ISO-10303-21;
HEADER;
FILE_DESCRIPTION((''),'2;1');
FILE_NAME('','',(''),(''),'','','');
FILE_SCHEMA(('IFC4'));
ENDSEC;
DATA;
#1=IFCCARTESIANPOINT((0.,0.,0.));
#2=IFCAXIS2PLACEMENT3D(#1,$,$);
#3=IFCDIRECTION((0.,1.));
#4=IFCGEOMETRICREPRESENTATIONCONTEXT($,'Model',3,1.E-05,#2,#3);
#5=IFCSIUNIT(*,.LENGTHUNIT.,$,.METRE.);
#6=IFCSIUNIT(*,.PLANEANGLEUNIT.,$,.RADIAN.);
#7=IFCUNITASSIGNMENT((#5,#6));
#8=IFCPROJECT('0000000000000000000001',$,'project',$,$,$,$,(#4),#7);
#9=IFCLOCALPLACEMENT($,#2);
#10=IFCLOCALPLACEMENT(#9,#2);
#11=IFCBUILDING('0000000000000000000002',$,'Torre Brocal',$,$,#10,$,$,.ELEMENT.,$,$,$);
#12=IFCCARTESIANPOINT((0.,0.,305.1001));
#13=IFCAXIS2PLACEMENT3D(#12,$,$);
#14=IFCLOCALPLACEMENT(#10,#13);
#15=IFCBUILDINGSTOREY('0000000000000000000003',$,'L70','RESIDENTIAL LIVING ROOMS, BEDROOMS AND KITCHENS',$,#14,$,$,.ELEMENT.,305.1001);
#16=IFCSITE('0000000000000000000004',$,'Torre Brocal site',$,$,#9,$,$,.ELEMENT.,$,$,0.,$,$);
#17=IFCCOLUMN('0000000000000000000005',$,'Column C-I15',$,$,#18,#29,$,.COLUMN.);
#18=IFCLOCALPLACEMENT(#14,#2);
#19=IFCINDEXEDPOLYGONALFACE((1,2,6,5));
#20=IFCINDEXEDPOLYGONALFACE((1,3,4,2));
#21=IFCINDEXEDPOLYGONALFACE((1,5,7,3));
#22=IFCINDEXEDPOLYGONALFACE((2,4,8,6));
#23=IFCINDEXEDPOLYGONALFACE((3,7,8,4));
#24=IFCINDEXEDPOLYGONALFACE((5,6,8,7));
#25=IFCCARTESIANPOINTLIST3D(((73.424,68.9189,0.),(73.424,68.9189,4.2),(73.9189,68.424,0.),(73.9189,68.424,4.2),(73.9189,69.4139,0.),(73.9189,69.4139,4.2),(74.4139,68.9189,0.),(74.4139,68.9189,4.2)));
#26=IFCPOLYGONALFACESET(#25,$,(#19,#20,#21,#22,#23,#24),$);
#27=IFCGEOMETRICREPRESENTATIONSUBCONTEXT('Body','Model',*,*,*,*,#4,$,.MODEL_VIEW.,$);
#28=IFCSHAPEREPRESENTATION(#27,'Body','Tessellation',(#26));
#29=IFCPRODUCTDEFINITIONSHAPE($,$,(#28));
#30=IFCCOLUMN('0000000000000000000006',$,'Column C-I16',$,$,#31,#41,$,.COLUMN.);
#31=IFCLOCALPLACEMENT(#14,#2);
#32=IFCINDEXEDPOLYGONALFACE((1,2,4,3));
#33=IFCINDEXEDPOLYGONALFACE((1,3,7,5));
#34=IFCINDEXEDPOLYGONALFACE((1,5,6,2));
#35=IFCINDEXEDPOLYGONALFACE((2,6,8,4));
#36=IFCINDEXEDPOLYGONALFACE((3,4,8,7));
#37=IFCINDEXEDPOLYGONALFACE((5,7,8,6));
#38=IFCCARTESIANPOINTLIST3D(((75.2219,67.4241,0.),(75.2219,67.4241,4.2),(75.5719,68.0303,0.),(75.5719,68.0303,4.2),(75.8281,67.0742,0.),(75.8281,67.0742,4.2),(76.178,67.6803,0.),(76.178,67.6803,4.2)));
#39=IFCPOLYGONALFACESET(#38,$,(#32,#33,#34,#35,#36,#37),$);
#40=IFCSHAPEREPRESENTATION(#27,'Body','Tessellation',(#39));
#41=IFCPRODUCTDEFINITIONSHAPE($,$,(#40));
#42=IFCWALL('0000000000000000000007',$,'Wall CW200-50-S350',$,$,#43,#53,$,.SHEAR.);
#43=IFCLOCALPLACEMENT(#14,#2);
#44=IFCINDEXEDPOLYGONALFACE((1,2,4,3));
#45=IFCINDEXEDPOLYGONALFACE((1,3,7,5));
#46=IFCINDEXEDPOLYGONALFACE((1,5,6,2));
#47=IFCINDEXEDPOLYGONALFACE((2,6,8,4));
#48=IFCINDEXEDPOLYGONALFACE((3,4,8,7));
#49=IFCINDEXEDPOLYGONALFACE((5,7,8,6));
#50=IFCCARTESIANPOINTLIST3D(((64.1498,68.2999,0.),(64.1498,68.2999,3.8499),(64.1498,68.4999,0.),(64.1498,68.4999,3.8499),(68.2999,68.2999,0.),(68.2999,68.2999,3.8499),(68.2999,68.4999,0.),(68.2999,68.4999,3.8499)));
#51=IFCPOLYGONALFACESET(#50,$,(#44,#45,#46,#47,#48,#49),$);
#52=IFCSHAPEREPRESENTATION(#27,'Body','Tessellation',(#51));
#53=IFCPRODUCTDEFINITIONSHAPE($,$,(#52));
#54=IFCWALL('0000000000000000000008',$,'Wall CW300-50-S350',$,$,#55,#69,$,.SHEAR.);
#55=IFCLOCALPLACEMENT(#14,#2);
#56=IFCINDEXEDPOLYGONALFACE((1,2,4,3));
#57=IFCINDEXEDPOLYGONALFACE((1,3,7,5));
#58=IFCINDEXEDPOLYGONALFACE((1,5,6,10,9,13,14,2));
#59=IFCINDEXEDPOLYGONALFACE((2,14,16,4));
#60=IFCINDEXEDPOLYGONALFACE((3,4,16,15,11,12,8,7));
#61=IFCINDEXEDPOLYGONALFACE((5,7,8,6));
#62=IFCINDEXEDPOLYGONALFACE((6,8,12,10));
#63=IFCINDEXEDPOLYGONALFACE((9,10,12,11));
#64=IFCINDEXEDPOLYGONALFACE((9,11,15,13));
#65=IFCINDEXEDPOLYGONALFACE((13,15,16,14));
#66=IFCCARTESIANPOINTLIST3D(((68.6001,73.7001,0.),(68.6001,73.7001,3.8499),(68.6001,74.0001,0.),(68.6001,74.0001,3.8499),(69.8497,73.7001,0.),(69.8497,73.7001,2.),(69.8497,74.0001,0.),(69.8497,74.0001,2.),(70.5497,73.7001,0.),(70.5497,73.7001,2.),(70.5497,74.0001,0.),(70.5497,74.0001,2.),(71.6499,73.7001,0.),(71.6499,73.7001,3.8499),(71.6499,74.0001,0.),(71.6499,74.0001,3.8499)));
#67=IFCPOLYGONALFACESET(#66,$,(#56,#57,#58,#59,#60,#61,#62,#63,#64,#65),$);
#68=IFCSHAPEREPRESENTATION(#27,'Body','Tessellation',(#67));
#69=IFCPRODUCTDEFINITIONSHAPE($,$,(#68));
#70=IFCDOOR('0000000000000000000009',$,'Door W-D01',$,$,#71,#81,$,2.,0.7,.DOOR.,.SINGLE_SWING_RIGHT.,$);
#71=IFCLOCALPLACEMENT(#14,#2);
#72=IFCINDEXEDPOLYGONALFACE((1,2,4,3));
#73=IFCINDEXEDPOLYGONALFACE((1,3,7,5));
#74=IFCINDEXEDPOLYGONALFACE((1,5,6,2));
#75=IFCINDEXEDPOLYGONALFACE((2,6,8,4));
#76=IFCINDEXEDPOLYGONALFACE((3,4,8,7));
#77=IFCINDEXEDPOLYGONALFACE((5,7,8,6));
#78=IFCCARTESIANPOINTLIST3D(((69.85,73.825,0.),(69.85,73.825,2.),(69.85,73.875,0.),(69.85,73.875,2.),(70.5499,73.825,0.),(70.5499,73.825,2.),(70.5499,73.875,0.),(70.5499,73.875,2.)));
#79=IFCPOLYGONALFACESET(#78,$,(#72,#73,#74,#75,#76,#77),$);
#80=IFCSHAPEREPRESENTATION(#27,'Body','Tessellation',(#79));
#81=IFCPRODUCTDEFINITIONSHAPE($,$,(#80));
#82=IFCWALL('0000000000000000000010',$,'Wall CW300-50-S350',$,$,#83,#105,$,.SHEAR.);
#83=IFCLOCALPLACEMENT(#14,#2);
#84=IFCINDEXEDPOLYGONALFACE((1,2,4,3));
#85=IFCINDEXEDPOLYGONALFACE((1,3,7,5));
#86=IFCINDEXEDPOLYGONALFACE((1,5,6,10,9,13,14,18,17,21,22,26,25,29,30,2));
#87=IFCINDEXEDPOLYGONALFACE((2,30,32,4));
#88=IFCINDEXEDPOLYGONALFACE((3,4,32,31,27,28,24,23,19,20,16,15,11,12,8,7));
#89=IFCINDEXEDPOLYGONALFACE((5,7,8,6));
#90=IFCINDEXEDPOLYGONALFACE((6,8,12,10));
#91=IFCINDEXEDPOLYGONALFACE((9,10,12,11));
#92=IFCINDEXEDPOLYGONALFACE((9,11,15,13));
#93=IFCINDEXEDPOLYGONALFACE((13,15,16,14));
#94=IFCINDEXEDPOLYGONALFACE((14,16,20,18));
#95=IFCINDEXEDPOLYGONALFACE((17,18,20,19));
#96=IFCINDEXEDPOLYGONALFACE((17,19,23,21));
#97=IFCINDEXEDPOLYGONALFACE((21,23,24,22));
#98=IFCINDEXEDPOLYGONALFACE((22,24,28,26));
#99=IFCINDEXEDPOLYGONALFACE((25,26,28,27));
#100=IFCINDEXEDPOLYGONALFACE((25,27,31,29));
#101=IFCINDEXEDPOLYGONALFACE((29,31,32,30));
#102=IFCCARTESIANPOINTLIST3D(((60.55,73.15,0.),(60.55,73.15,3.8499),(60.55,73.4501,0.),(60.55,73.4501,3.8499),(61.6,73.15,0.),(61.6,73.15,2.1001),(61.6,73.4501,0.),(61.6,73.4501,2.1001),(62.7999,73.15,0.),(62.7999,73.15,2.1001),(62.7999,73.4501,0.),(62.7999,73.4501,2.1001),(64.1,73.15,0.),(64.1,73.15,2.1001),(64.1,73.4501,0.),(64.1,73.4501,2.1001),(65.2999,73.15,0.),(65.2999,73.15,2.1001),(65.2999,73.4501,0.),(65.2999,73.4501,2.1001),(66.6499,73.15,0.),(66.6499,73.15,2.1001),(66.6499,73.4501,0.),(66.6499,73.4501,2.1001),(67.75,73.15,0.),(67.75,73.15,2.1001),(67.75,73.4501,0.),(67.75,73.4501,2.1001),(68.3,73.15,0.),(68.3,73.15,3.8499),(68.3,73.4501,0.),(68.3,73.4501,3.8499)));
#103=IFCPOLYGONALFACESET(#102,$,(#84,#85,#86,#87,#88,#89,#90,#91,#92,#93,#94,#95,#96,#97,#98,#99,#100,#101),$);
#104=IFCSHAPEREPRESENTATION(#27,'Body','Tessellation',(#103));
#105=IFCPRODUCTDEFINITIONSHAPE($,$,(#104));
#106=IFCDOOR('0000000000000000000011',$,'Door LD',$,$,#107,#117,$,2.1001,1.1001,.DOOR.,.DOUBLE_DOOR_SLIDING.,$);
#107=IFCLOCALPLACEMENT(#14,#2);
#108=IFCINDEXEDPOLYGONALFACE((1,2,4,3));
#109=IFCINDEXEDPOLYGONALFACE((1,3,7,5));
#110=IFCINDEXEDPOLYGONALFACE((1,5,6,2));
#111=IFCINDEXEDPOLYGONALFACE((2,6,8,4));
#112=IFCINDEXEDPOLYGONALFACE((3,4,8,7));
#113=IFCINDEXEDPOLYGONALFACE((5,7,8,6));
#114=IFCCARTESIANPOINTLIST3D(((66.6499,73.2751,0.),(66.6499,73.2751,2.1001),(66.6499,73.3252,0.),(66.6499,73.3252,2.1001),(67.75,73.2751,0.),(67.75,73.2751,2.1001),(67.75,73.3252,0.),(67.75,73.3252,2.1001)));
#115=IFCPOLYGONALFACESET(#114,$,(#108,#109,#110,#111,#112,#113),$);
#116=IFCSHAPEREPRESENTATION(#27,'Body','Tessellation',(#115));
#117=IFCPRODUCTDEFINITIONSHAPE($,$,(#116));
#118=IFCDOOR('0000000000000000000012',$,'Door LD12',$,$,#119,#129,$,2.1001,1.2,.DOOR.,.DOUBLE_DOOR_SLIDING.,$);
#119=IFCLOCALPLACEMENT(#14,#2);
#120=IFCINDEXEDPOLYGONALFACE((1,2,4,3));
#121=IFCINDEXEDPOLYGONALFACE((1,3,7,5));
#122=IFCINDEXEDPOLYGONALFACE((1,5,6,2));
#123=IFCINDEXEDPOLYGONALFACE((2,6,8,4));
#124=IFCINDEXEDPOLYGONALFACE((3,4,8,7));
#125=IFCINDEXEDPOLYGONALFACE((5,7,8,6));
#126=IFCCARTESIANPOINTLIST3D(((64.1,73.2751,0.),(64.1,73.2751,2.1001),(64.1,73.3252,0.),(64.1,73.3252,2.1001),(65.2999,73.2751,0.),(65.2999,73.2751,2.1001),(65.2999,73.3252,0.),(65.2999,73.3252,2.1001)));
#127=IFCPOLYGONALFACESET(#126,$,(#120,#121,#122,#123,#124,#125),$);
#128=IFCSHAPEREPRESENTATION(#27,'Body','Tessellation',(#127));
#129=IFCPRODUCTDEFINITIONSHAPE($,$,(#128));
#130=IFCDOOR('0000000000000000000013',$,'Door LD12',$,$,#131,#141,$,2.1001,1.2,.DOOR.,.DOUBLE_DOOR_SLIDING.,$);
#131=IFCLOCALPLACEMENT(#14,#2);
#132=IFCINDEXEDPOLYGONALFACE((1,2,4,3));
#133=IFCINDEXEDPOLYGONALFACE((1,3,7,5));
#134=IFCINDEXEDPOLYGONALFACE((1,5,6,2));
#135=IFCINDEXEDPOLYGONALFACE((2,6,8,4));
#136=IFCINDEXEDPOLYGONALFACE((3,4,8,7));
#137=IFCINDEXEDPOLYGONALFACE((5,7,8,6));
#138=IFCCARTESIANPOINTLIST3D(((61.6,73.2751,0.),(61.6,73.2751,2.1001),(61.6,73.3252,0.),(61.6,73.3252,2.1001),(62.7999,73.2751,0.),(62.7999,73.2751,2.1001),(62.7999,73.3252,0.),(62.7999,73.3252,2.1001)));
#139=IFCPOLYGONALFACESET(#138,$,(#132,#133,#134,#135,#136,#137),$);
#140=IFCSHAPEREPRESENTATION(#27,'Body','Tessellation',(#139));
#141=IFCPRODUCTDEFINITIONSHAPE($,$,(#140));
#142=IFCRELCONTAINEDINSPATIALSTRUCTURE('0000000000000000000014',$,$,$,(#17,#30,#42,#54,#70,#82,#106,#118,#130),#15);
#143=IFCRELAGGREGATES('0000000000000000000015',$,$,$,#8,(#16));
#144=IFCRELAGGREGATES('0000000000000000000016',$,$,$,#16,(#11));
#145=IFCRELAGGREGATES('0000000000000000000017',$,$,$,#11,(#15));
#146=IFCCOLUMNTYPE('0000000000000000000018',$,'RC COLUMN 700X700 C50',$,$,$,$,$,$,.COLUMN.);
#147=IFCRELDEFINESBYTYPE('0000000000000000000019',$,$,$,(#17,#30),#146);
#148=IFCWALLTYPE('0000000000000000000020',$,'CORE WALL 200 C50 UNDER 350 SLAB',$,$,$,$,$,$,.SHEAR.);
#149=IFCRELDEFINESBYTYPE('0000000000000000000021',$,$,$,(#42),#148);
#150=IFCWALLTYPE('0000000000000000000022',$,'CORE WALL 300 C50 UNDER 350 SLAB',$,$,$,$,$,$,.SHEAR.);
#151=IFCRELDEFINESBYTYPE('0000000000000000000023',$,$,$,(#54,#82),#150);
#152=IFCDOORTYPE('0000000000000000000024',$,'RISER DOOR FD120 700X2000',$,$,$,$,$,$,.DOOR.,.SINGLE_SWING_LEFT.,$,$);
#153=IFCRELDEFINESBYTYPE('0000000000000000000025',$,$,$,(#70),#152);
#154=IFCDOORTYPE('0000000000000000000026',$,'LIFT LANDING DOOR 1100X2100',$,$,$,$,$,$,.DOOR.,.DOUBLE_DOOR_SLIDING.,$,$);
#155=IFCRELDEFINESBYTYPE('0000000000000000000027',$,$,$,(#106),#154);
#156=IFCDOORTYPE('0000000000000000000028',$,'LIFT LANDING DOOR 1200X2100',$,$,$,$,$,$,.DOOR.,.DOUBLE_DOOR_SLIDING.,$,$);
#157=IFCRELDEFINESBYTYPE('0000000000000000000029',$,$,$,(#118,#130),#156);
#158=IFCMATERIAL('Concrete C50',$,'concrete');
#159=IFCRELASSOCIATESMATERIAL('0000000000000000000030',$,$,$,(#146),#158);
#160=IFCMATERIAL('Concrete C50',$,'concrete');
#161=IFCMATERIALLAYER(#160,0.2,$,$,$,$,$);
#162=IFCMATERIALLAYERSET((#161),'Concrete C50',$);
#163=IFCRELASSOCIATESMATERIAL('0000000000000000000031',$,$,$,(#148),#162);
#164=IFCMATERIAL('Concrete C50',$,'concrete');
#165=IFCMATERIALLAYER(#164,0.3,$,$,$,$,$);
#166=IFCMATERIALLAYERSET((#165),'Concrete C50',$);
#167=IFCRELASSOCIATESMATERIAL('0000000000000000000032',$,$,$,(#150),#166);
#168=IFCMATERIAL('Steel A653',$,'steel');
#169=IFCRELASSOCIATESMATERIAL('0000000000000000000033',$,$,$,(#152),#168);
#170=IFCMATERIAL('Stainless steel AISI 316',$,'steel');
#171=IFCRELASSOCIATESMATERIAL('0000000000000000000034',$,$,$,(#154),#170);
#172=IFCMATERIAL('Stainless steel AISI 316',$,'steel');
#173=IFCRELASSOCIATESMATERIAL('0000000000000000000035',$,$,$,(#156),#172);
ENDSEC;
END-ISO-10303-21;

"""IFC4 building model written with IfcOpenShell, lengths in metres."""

from ifc_helpers import new_model, si_unit, direction, frame, frame_2d, origin, origin_2d, place, context, subcontext, project, spatial, rectangle, extrude, material, layer, layer_set, material_profile, profile_set, type_object, element, fill, save


model = new_model("IFC4")

# Units and contexts
model_context = context("Model", 3, precision=1e-05, world=origin(), true_north=direction((0.0, 1.0)))
body_context = subcontext(model_context, "Body", "Model", "MODEL_VIEW")
ifc_project = project(units=[si_unit("LENGTHUNIT", "METRE"), si_unit("PLANEANGLEUNIT", "RADIAN")], contexts=[model_context])

# Site, building, storey
site_placement = place(None, origin())
site = spatial("IfcSite", under=ifc_project, at=site_placement, Name="Torre Brocal site", CompositionType="ELEMENT", RefElevation=0.0)
building_placement = place(site_placement, origin())
building = spatial("IfcBuilding", under=site, at=building_placement, Name="Torre Brocal", CompositionType="ELEMENT")
storey_placement = place(building_placement, frame((0.0, 0.0, 305.1001)))
storey = spatial("IfcBuildingStorey", under=building, at=storey_placement, Name="L70", Description="RESIDENTIAL LIVING ROOMS, BEDROOMS AND KITCHENS", CompositionType="ELEMENT", Elevation=305.1001)

# Columns
ifc_material_1 = material(Name="Concrete C50", Category="concrete")
ifc_material_profile = material_profile(ifc_material_1, rectangle(XDim=0.7, YDim=0.7, at=origin_2d()), Name="RC 700X700")
ifc_profile_set = profile_set([ifc_material_profile], Name="Concrete C50")
column_type = type_object("IfcColumnType", Name="RC COLUMN 700X700 C50", PredefinedType="COLUMN", material=ifc_profile_set)
for number, where, z_axis, x_axis, name in (
    (1, (73.9189, 68.9189, 0.0), (0.0, 0.0, 1.0), (-0.707107, -0.707107, 0.0), "Column C-I15"),
    (2, (75.7, 67.5522, 0.0), (0.0, 0.0, 1.0), (-0.5, -0.866025, 0.0), "Column C-I16"),
):
    element("IfcColumn", number, at=place(storey_placement, frame(where, z_axis=z_axis, x_axis=x_axis)), inside=storey, type_object=column_type, Name=name, PredefinedType="COLUMN", context=body_context, shape_type="SweptSolid", body=[
        extrude(rectangle(XDim=0.7, YDim=0.7, at=origin_2d()), origin(), (0.0, 0.0, 1.0), 4.2),
    ])

# Wall
ifc_material_2 = material(Name="Concrete C50", Category="concrete")
ifc_layer_1 = layer(ifc_material_2, 0.2)
ifc_layer_set_1 = layer_set([ifc_layer_1], Name="Concrete C50")
wall_type_1 = type_object("IfcWallType", Name="CORE WALL 200 C50 UNDER 350 SLAB", PredefinedType="SHEAR", material=ifc_layer_set_1)
wall_1_placement = place(storey_placement, frame((68.3, 68.3999, 0.0), z_axis=(0.0, 0.0, 1.0), x_axis=(-1.0, 0.0, 0.0)))
element("IfcWall", 3, at=wall_1_placement, inside=storey, type_object=wall_type_1, Name="Wall CW200-50-S350", PredefinedType="SHEAR", context=body_context, shape_type="SweptSolid", body=[
    extrude(rectangle(XDim=4.1501, YDim=0.2, at=frame_2d((2.0752, 0.0))), origin(), (0.0, 0.0, 1.0), 3.8499),
])

# Wall, opening, door
ifc_material_3 = material(Name="Concrete C50", Category="concrete")
ifc_layer_2 = layer(ifc_material_3, 0.3)
ifc_layer_set_2 = layer_set([ifc_layer_2], Name="Concrete C50")
wall_type_2 = type_object("IfcWallType", Name="CORE WALL 300 C50 UNDER 350 SLAB", PredefinedType="SHEAR", material=ifc_layer_set_2)
wall_2_placement = place(storey_placement, frame((71.6499, 73.8501, 0.0), z_axis=(0.0, 0.0, 1.0), x_axis=(-1.0, 0.0, 0.0)))
wall_2 = element("IfcWall", 4, at=wall_2_placement, inside=storey, type_object=wall_type_2, Name="Wall CW300-50-S350", PredefinedType="SHEAR", context=body_context, shape_type="SweptSolid", body=[
    extrude(rectangle(XDim=3.0498, YDim=0.3, at=frame_2d((1.5249, 0.0))), origin(), (0.0, 0.0, 1.0), 3.8499),
])
opening_1_placement = place(wall_2_placement, frame((1.1001, 0.0, 0.0)))
opening_1 = element("IfcOpeningElement", 5, at=opening_1_placement, cuts=wall_2, PredefinedType="OPENING", context=body_context, shape_type="SweptSolid", body=[
    extrude(rectangle(XDim=0.7, YDim=2.0, at=frame_2d((0.3501, 1.0))), frame((0.0, 0.1599, 0.0), z_axis=(0.0, -1.0, 0.0), x_axis=(1.0, 0.0, 0.0)), (0.0, 0.0, 1.0), 0.3201),
])
ifc_material_4 = material(Name="Steel A653", Category="steel")
door_type_1 = type_object("IfcDoorType", Name="RISER DOOR FD120 700X2000", OperationType="SINGLE_SWING_LEFT", PredefinedType="DOOR", material=ifc_material_4)
door_1_placement = place(opening_1_placement, frame((0.7, 0.0, 0.0), z_axis=(0.0, 0.0, 1.0), x_axis=(-1.0, 0.0, 0.0)))
door_1 = element("IfcDoor", 6, at=door_1_placement, inside=storey, type_object=door_type_1, Name="Door W-D01", OperationType="SINGLE_SWING_RIGHT", OverallHeight=2.0, OverallWidth=0.7, PredefinedType="DOOR", context=body_context, shape_type="SweptSolid", body=[
    extrude(rectangle(XDim=0.7, YDim=2.0, at=frame_2d((0.3501, 1.0))), frame((0.0, 0.0249, 0.0), z_axis=(0.0, -1.0, 0.0), x_axis=(1.0, 0.0, 0.0)), (0.0, 0.0, 1.0), 0.05),
])
fill(opening_1, door_1)

# Wall, openings, doors
wall_3_placement = place(storey_placement, frame((68.3, 73.3, 0.0), z_axis=(0.0, 0.0, 1.0), x_axis=(-1.0, 0.0, 0.0)))
wall_3 = element("IfcWall", 7, at=wall_3_placement, inside=storey, type_object=wall_type_2, Name="Wall CW300-50-S350", PredefinedType="SHEAR", context=body_context, shape_type="SweptSolid", body=[
    extrude(rectangle(XDim=7.75, YDim=0.3, at=frame_2d((3.875, 0.0))), origin(), (0.0, 0.0, 1.0), 3.8499),
])
opening_2_placement = place(wall_3_placement, frame((0.55, 0.0, 0.0)))
opening_2 = element("IfcOpeningElement", 8, at=opening_2_placement, cuts=wall_3, PredefinedType="OPENING", context=body_context, shape_type="SweptSolid", body=[
    extrude(rectangle(XDim=1.1001, YDim=2.1001, at=frame_2d((0.55, 1.05))), frame((0.0, 0.1599, 0.0), z_axis=(0.0, -1.0, 0.0), x_axis=(1.0, 0.0, 0.0)), (0.0, 0.0, 1.0), 0.3201),
])
opening_3_placement = place(wall_3_placement, frame((3.0, 0.0, 0.0)))
opening_3 = element("IfcOpeningElement", 9, at=opening_3_placement, cuts=wall_3, PredefinedType="OPENING", context=body_context, shape_type="SweptSolid", body=[
    extrude(rectangle(XDim=1.2, YDim=2.1001, at=frame_2d((0.6001, 1.05))), frame((0.0, 0.1599, 0.0), z_axis=(0.0, -1.0, 0.0), x_axis=(1.0, 0.0, 0.0)), (0.0, 0.0, 1.0), 0.3201),
])
opening_4_placement = place(wall_3_placement, frame((5.5, 0.0, 0.0)))
opening_4 = element("IfcOpeningElement", 10, at=opening_4_placement, cuts=wall_3, PredefinedType="OPENING", context=body_context, shape_type="SweptSolid", body=[
    extrude(rectangle(XDim=1.2, YDim=2.1001, at=frame_2d((0.6001, 1.05))), frame((0.0, 0.1599, 0.0), z_axis=(0.0, -1.0, 0.0), x_axis=(1.0, 0.0, 0.0)), (0.0, 0.0, 1.0), 0.3201),
])
ifc_material_5 = material(Name="Stainless steel AISI 316", Category="steel")
door_type_2 = type_object("IfcDoorType", Name="LIFT LANDING DOOR 1100X2100", OperationType="DOUBLE_DOOR_SLIDING", PredefinedType="DOOR", material=ifc_material_5)
door_2_placement = place(opening_2_placement, origin())
door_2 = element("IfcDoor", 11, at=door_2_placement, inside=storey, type_object=door_type_2, Name="Door LD", OperationType="DOUBLE_DOOR_SLIDING", OverallHeight=2.1001, OverallWidth=1.1001, PredefinedType="DOOR", context=body_context, shape_type="SweptSolid", body=[
    extrude(rectangle(XDim=1.1001, YDim=2.1001, at=frame_2d((0.55, 1.05))), frame((0.0, 0.0249, 0.0), z_axis=(0.0, -1.0, 0.0), x_axis=(1.0, 0.0, 0.0)), (0.0, 0.0, 1.0), 0.05),
])
fill(opening_2, door_2)
ifc_material_6 = material(Name="Stainless steel AISI 316", Category="steel")
door_type_3 = type_object("IfcDoorType", Name="LIFT LANDING DOOR 1200X2100", OperationType="DOUBLE_DOOR_SLIDING", PredefinedType="DOOR", material=ifc_material_6)
door_3_placement = place(opening_3_placement, origin())
door_3 = element("IfcDoor", 12, at=door_3_placement, inside=storey, type_object=door_type_3, Name="Door LD12", OperationType="DOUBLE_DOOR_SLIDING", OverallHeight=2.1001, OverallWidth=1.2, PredefinedType="DOOR", context=body_context, shape_type="SweptSolid", body=[
    extrude(rectangle(XDim=1.2, YDim=2.1001, at=frame_2d((0.6001, 1.05))), frame((0.0, 0.0249, 0.0), z_axis=(0.0, -1.0, 0.0), x_axis=(1.0, 0.0, 0.0)), (0.0, 0.0, 1.0), 0.05),
])
fill(opening_3, door_3)
door_4_placement = place(opening_4_placement, origin())
door_4 = element("IfcDoor", 13, at=door_4_placement, inside=storey, type_object=door_type_3, Name="Door LD12", OperationType="DOUBLE_DOOR_SLIDING", OverallHeight=2.1001, OverallWidth=1.2, PredefinedType="DOOR", context=body_context, shape_type="SweptSolid", body=[
    extrude(rectangle(XDim=1.2, YDim=2.1001, at=frame_2d((0.6001, 1.05))), frame((0.0, 0.0249, 0.0), z_axis=(0.0, -1.0, 0.0), x_axis=(1.0, 0.0, 0.0)), (0.0, 0.0, 1.0), 0.05),
])
fill(opening_4, door_4)

save(model, "model.ifc")
